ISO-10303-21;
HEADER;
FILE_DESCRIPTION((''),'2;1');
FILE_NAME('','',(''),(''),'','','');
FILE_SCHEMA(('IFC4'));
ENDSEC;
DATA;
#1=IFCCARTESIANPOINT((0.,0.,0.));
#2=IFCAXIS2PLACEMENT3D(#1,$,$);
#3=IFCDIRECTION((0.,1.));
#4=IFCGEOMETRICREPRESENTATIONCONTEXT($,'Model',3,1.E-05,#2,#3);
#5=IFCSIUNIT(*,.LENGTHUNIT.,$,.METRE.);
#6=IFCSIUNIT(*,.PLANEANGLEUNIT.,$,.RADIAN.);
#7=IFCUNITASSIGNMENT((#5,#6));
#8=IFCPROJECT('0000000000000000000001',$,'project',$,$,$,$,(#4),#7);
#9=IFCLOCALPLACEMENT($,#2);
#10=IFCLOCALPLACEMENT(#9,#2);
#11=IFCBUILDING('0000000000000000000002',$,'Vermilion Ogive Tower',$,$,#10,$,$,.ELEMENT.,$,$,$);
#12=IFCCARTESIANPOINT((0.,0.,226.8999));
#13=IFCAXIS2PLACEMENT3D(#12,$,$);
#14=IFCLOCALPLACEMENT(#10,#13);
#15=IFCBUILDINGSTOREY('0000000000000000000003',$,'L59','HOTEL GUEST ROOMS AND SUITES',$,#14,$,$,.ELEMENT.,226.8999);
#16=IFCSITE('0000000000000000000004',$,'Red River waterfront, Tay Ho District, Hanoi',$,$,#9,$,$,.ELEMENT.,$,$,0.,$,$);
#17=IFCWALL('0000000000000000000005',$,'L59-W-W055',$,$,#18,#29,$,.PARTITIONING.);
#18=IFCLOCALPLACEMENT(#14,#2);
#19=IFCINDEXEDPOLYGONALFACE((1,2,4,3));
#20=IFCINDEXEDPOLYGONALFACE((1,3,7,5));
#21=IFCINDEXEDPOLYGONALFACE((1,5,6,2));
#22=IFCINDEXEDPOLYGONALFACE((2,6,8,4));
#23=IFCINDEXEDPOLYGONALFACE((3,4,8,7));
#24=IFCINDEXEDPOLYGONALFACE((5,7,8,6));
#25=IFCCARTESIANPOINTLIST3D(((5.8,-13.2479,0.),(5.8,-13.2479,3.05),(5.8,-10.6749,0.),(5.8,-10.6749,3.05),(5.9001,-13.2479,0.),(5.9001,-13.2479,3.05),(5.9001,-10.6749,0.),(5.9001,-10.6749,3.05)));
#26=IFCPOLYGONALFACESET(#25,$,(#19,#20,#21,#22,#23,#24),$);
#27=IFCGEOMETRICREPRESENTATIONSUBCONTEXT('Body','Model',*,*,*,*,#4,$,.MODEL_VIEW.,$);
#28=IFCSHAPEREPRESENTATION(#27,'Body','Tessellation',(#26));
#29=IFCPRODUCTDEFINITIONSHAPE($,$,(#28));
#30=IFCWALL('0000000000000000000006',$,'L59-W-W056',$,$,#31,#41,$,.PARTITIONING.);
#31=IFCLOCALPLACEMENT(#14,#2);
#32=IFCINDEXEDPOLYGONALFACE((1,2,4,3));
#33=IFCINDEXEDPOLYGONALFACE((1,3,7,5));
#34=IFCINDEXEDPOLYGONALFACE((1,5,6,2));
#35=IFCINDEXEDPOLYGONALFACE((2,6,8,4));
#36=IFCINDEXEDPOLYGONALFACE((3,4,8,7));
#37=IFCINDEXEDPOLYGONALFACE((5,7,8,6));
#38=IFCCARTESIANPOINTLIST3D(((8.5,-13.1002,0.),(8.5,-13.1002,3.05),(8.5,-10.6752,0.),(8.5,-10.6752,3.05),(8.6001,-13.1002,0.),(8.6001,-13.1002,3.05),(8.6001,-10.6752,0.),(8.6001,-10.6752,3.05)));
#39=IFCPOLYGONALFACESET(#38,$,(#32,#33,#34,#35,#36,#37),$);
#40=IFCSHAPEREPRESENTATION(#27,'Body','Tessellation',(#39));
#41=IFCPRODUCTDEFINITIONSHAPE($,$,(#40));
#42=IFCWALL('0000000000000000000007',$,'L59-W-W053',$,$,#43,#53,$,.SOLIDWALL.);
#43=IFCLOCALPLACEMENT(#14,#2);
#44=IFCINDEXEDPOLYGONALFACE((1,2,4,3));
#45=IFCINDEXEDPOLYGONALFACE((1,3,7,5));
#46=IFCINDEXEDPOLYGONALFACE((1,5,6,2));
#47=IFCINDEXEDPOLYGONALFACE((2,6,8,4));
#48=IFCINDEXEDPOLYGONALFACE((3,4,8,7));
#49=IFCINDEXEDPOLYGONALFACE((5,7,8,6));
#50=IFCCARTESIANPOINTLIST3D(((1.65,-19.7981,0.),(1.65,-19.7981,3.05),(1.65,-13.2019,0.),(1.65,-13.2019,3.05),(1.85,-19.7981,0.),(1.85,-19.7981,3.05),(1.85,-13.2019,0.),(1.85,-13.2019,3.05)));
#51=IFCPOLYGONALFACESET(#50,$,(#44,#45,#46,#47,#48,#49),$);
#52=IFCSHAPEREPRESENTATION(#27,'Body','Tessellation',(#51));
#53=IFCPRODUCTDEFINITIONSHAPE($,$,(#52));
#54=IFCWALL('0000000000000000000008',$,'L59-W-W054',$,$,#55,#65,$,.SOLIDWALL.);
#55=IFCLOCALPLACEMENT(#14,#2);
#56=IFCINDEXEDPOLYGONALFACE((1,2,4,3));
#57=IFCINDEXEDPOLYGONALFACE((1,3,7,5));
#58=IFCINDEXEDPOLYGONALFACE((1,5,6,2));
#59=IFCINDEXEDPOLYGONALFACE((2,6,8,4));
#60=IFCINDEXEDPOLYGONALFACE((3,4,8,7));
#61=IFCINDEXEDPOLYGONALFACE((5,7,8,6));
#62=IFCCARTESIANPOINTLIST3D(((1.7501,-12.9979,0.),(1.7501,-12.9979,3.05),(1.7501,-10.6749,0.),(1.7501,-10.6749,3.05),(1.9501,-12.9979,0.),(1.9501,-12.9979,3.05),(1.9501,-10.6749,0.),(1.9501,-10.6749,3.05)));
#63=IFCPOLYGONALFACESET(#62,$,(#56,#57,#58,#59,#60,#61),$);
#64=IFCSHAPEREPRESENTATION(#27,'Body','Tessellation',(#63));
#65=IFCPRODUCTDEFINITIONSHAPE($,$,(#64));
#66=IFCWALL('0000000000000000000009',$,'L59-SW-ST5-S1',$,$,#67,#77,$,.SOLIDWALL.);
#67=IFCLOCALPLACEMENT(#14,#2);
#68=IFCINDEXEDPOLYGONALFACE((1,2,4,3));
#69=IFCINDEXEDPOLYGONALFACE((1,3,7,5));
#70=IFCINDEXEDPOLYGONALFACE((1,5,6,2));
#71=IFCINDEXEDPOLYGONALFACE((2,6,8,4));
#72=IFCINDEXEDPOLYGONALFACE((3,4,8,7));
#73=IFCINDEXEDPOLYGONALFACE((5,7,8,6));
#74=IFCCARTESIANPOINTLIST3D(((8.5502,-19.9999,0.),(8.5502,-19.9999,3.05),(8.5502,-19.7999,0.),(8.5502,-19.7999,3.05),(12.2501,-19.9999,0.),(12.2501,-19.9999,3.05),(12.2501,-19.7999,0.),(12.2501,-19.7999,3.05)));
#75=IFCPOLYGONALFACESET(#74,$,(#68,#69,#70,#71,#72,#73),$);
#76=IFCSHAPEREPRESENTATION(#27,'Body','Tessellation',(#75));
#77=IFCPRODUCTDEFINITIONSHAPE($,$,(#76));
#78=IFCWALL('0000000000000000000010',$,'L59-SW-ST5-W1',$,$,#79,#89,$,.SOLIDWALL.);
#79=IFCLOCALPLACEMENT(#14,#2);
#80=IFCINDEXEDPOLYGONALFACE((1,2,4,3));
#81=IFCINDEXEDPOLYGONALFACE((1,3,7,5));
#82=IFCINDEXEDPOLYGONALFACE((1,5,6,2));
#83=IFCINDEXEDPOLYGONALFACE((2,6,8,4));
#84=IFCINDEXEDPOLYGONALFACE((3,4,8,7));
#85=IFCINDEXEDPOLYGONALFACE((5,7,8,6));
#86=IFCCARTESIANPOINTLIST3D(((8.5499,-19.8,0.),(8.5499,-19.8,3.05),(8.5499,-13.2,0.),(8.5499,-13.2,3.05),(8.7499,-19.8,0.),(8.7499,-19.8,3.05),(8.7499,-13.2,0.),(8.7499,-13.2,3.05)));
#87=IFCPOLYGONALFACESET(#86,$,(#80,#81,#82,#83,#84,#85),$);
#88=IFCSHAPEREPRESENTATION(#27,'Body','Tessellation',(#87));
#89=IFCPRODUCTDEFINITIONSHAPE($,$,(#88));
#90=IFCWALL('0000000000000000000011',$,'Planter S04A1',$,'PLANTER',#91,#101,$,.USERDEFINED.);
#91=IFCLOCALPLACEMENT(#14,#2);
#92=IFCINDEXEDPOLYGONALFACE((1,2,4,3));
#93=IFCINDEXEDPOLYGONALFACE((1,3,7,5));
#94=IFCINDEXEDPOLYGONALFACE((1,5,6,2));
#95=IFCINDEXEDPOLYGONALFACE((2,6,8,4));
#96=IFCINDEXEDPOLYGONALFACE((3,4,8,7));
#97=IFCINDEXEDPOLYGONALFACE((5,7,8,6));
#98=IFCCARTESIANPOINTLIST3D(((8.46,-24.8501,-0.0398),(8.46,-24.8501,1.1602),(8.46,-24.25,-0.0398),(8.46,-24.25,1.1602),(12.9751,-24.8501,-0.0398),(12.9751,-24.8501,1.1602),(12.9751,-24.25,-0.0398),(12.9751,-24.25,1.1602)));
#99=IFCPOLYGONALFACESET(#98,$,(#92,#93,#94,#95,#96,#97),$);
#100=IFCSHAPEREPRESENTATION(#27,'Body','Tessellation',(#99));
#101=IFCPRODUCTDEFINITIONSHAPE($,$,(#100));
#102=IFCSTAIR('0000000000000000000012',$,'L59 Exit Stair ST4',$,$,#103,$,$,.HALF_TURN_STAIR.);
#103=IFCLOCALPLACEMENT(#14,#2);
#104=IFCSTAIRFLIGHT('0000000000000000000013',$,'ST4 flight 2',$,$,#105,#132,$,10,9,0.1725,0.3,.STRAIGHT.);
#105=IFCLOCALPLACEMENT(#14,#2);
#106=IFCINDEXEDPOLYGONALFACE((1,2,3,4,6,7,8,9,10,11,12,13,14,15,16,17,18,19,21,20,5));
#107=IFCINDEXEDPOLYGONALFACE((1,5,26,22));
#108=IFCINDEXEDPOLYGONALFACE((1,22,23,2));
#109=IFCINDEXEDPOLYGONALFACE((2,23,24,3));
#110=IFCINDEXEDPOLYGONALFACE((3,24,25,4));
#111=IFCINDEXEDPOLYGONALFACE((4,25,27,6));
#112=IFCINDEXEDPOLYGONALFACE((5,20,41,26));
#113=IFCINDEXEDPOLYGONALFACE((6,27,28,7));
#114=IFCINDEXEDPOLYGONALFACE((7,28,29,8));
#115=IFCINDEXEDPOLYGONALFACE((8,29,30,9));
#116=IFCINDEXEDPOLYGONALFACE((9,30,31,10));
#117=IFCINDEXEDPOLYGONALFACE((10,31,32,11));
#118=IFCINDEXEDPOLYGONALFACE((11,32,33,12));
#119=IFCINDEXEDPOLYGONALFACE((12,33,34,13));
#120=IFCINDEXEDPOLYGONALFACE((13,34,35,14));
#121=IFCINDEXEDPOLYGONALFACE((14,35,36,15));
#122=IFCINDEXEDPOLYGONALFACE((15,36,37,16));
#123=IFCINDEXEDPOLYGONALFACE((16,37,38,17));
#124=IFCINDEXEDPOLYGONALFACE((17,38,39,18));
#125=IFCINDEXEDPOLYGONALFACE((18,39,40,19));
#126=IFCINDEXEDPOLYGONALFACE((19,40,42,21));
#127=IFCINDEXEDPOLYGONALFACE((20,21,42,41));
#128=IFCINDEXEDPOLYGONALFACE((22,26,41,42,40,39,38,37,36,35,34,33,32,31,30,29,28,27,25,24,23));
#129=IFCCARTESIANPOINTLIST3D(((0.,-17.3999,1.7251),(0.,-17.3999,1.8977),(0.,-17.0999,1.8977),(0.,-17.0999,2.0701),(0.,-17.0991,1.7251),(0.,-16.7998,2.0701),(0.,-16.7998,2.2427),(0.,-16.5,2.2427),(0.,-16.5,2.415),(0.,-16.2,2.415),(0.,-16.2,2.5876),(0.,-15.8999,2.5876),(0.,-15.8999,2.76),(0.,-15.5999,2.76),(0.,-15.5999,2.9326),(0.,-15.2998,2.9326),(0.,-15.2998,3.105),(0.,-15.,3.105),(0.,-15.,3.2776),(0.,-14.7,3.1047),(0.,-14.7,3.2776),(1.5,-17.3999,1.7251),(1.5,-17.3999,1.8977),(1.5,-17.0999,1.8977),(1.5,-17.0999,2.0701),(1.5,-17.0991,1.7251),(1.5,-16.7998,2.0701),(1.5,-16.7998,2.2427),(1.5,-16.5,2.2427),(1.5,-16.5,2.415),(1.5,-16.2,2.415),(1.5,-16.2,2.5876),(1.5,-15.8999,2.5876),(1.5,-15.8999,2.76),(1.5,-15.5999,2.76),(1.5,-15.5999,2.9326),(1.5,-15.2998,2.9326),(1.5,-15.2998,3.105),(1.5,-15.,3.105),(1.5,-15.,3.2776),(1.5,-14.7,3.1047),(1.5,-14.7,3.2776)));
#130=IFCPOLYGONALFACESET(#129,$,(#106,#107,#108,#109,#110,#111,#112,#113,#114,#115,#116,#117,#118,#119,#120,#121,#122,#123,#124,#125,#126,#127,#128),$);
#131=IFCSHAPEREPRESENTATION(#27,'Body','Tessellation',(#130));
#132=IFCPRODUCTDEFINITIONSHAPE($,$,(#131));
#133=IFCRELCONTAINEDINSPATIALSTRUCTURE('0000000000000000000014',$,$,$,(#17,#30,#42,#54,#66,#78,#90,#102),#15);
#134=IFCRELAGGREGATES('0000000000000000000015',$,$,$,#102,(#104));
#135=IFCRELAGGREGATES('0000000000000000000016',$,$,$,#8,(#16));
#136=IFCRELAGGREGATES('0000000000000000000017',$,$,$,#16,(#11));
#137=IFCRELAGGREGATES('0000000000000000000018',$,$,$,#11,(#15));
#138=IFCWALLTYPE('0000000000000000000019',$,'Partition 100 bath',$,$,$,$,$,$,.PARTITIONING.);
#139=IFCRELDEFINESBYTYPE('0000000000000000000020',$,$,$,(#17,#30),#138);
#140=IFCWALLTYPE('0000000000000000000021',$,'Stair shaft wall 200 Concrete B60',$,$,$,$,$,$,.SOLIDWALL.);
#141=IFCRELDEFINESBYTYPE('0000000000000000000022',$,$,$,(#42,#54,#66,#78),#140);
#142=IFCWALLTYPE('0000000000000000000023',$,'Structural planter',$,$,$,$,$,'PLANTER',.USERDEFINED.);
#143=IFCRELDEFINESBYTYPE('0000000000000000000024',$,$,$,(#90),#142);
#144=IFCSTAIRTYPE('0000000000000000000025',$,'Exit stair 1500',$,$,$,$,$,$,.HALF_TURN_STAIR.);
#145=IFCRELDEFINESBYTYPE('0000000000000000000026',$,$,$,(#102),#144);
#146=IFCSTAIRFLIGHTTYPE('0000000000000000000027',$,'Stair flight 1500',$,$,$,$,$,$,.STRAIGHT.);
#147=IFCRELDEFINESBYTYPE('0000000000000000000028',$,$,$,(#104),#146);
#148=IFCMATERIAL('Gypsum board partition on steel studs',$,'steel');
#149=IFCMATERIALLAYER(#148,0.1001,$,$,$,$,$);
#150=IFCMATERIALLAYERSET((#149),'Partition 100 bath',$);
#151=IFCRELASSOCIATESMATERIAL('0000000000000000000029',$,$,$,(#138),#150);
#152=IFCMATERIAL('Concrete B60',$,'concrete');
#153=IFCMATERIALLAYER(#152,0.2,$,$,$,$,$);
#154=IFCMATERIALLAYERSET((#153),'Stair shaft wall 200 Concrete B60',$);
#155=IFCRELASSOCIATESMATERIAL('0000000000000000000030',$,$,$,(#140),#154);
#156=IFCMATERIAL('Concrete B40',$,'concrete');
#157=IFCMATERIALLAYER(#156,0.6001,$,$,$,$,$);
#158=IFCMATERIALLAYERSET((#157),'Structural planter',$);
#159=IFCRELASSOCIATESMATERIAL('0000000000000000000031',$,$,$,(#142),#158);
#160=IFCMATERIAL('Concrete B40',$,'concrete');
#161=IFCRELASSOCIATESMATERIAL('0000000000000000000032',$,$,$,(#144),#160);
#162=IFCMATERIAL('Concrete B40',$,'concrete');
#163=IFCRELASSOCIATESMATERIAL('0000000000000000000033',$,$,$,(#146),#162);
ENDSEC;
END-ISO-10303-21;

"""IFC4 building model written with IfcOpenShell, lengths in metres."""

from ifc_helpers import new_model, si_unit, direction, frame, frame_2d, origin, place, context, subcontext, project, spatial, polyline, rectangle, outline, extrude, material, layer, layer_set, type_object, element, aggregate, save


model = new_model("IFC4")

# Units and contexts
model_context = context("Model", 3, precision=1e-05, world=origin(), true_north=direction((0.0, 1.0)))
body_context = subcontext(model_context, "Body", "Model", "MODEL_VIEW")
ifc_project = project(units=[si_unit("LENGTHUNIT", "METRE"), si_unit("PLANEANGLEUNIT", "RADIAN")], contexts=[model_context])

# Site, building, storey
site_placement = place(None, origin())
site = spatial("IfcSite", under=ifc_project, at=site_placement, Name="Red River waterfront, Tay Ho District, Hanoi", CompositionType="ELEMENT", RefElevation=0.0)
building_placement = place(site_placement, origin())
building = spatial("IfcBuilding", under=site, at=building_placement, Name="Vermilion Ogive Tower", CompositionType="ELEMENT")
storey_placement = place(building_placement, frame((0.0, 0.0, 226.8999)))
storey = spatial("IfcBuildingStorey", under=building, at=storey_placement, Name="L59", Description="HOTEL GUEST ROOMS AND SUITES", CompositionType="ELEMENT", Elevation=226.8999)

# Shared definitions
ifc_material_1 = material(Name="Gypsum board partition on steel studs", Category="steel")
ifc_layer_1 = layer(ifc_material_1, 0.1001)
ifc_layer_set_1 = layer_set([ifc_layer_1], Name="Partition 100 bath")
wall_type_1 = type_object("IfcWallType", Name="Partition 100 bath", PredefinedType="PARTITIONING", material=ifc_layer_set_1)

# Walls
wall_1_placement = place(storey_placement, frame((5.8501, -13.248, 0.0), z_axis=(0.0, 0.0, 1.0), x_axis=(0.0, 1.0, 0.0)))
element("IfcWall", 1, at=wall_1_placement, inside=storey, type_object=wall_type_1, Name="L59-W-W055", PredefinedType="PARTITIONING", context=body_context, shape_type="SweptSolid", body=[
    extrude(rectangle(XDim=2.573, YDim=0.1001, at=frame_2d((1.2866, 0.0))), origin(), (0.0, 0.0, 1.0), 3.05),
])
wall_2_placement = place(storey_placement, frame((8.55, -13.1001, 0.0), z_axis=(0.0, 0.0, 1.0), x_axis=(0.0, 1.0, 0.0)))
element("IfcWall", 2, at=wall_2_placement, inside=storey, type_object=wall_type_1, Name="L59-W-W056", PredefinedType="PARTITIONING", context=body_context, shape_type="SweptSolid", body=[
    extrude(rectangle(XDim=2.425, YDim=0.1001, at=frame_2d((1.2124, 0.0))), origin(), (0.0, 0.0, 1.0), 3.05),
])
ifc_material_2 = material(Name="Concrete B60", Category="concrete")
ifc_layer_2 = layer(ifc_material_2, 0.2)
ifc_layer_set_2 = layer_set([ifc_layer_2], Name="Stair shaft wall 200 Concrete B60")
wall_type_2 = type_object("IfcWallType", Name="Stair shaft wall 200 Concrete B60", PredefinedType="SOLIDWALL", material=ifc_layer_set_2)
wall_3_placement = place(storey_placement, frame((1.75, -19.7981, 0.0), z_axis=(0.0, 0.0, 1.0), x_axis=(0.0, 1.0, 0.0)))
element("IfcWall", 3, at=wall_3_placement, inside=storey, type_object=wall_type_2, Name="L59-W-W053", PredefinedType="SOLIDWALL", context=body_context, shape_type="SweptSolid", body=[
    extrude(rectangle(XDim=6.5962, YDim=0.2, at=frame_2d((3.2981, 0.0))), origin(), (0.0, 0.0, 1.0), 3.05),
])
wall_4_placement = place(storey_placement, frame((1.8501, -12.998, 0.0), z_axis=(0.0, 0.0, 1.0), x_axis=(0.0, 1.0, 0.0)))
element("IfcWall", 4, at=wall_4_placement, inside=storey, type_object=wall_type_2, Name="L59-W-W054", PredefinedType="SOLIDWALL", context=body_context, shape_type="SweptSolid", body=[
    extrude(rectangle(XDim=2.323, YDim=0.2, at=frame_2d((1.1616, 0.0))), origin(), (0.0, 0.0, 1.0), 3.05),
])
wall_5_placement = place(storey_placement, frame((8.55, -19.8999, 0.0), z_axis=(0.0, 0.0, 1.0), x_axis=(1.0, 0.0, 0.0)))
element("IfcWall", 5, at=wall_5_placement, inside=storey, type_object=wall_type_2, Name="L59-SW-ST5-S1", PredefinedType="SOLIDWALL", context=body_context, shape_type="SweptSolid", body=[
    extrude(rectangle(XDim=3.7, YDim=0.2, at=frame_2d((1.8501, 0.0))), origin(), (0.0, 0.0, 1.0), 3.05),
])
wall_6_placement = place(storey_placement, frame((8.6499, -19.8, 0.0), z_axis=(0.0, 0.0, 1.0), x_axis=(0.0, 1.0, 0.0)))
element("IfcWall", 6, at=wall_6_placement, inside=storey, type_object=wall_type_2, Name="L59-SW-ST5-W1", PredefinedType="SOLIDWALL", context=body_context, shape_type="SweptSolid", body=[
    extrude(rectangle(XDim=6.6001, YDim=0.2, at=frame_2d((3.3, 0.0))), origin(), (0.0, 0.0, 1.0), 3.05),
])
ifc_material_3 = material(Name="Concrete B40", Category="concrete")
ifc_layer_3 = layer(ifc_material_3, 0.6001)
ifc_layer_set_3 = layer_set([ifc_layer_3], Name="Structural planter")
wall_type_3 = type_object("IfcWallType", Name="Structural planter", ElementType="PLANTER", PredefinedType="USERDEFINED", material=ifc_layer_set_3)
wall_7_placement = place(storey_placement, frame((8.46, -24.55, -0.0398), z_axis=(0.0, 0.0, 1.0), x_axis=(1.0, 0.0, 0.0)))
element("IfcWall", 7, at=wall_7_placement, inside=storey, type_object=wall_type_3, Name="Planter S04A1", ObjectType="PLANTER", PredefinedType="USERDEFINED", context=body_context, shape_type="SweptSolid", body=[
    extrude(rectangle(XDim=4.5151, YDim=0.6001, at=frame_2d((2.2576, 0.0))), origin(), (0.0, 0.0, 1.0), 1.2),
])

# Stair, stair flight
ifc_material_4 = material(Name="Concrete B40", Category="concrete")
stair_type = type_object("IfcStairType", Name="Exit stair 1500", PredefinedType="HALF_TURN_STAIR", material=ifc_material_4)
stair_placement = place(storey_placement, origin())
stair = element("IfcStair", 8, at=stair_placement, inside=storey, type_object=stair_type, Name="L59 Exit Stair ST4", PredefinedType="HALF_TURN_STAIR")
ifc_material_5 = material(Name="Concrete B40", Category="concrete")
stair_flight_type = type_object("IfcStairFlightType", Name="Stair flight 1500", PredefinedType="STRAIGHT", material=ifc_material_5)
stair_flight_placement = place(storey_placement, frame((0.75, -17.3999, 1.7251), z_axis=(0.0, 0.0, 1.0), x_axis=(0.0, 1.0, 0.0)))
stair_flight = element("IfcStairFlight", 9, at=stair_flight_placement, type_object=stair_flight_type, Name="ST4 flight 2", NumberOfRisers=10, NumberOfTreads=9, PredefinedType="STRAIGHT", RiserHeight=0.1725, TreadLength=0.3, context=body_context, shape_type="SweptSolid", body=[
    extrude(outline(polyline([(0.0, 0.0), (0.0, 0.1726), (0.3, 0.1726), (0.3, 0.345), (0.6001, 0.345), (0.6001, 0.5176), (0.8999, 0.5176), (0.8999, 0.6899), (1.2, 0.6899), (1.2, 0.8625), (1.5, 0.8625), (1.5, 1.0349), (1.8, 1.0349), (1.8, 1.2075), (2.1001, 1.2075), (2.1001, 1.3799), (2.3999, 1.3799), (2.3999, 1.5525), (2.7, 1.5525), (2.7, 1.7251), (2.7, 1.3796), (0.3008, 0.0), (0.0, 0.0)])), frame((0.0, 0.75, 0.0), z_axis=(0.0, -1.0, 0.0), x_axis=(1.0, 0.0, 0.0)), (0.0, 0.0, 1.0), 1.5),
])
aggregate(stair, [stair_flight])

save(model, "model.ifc")
